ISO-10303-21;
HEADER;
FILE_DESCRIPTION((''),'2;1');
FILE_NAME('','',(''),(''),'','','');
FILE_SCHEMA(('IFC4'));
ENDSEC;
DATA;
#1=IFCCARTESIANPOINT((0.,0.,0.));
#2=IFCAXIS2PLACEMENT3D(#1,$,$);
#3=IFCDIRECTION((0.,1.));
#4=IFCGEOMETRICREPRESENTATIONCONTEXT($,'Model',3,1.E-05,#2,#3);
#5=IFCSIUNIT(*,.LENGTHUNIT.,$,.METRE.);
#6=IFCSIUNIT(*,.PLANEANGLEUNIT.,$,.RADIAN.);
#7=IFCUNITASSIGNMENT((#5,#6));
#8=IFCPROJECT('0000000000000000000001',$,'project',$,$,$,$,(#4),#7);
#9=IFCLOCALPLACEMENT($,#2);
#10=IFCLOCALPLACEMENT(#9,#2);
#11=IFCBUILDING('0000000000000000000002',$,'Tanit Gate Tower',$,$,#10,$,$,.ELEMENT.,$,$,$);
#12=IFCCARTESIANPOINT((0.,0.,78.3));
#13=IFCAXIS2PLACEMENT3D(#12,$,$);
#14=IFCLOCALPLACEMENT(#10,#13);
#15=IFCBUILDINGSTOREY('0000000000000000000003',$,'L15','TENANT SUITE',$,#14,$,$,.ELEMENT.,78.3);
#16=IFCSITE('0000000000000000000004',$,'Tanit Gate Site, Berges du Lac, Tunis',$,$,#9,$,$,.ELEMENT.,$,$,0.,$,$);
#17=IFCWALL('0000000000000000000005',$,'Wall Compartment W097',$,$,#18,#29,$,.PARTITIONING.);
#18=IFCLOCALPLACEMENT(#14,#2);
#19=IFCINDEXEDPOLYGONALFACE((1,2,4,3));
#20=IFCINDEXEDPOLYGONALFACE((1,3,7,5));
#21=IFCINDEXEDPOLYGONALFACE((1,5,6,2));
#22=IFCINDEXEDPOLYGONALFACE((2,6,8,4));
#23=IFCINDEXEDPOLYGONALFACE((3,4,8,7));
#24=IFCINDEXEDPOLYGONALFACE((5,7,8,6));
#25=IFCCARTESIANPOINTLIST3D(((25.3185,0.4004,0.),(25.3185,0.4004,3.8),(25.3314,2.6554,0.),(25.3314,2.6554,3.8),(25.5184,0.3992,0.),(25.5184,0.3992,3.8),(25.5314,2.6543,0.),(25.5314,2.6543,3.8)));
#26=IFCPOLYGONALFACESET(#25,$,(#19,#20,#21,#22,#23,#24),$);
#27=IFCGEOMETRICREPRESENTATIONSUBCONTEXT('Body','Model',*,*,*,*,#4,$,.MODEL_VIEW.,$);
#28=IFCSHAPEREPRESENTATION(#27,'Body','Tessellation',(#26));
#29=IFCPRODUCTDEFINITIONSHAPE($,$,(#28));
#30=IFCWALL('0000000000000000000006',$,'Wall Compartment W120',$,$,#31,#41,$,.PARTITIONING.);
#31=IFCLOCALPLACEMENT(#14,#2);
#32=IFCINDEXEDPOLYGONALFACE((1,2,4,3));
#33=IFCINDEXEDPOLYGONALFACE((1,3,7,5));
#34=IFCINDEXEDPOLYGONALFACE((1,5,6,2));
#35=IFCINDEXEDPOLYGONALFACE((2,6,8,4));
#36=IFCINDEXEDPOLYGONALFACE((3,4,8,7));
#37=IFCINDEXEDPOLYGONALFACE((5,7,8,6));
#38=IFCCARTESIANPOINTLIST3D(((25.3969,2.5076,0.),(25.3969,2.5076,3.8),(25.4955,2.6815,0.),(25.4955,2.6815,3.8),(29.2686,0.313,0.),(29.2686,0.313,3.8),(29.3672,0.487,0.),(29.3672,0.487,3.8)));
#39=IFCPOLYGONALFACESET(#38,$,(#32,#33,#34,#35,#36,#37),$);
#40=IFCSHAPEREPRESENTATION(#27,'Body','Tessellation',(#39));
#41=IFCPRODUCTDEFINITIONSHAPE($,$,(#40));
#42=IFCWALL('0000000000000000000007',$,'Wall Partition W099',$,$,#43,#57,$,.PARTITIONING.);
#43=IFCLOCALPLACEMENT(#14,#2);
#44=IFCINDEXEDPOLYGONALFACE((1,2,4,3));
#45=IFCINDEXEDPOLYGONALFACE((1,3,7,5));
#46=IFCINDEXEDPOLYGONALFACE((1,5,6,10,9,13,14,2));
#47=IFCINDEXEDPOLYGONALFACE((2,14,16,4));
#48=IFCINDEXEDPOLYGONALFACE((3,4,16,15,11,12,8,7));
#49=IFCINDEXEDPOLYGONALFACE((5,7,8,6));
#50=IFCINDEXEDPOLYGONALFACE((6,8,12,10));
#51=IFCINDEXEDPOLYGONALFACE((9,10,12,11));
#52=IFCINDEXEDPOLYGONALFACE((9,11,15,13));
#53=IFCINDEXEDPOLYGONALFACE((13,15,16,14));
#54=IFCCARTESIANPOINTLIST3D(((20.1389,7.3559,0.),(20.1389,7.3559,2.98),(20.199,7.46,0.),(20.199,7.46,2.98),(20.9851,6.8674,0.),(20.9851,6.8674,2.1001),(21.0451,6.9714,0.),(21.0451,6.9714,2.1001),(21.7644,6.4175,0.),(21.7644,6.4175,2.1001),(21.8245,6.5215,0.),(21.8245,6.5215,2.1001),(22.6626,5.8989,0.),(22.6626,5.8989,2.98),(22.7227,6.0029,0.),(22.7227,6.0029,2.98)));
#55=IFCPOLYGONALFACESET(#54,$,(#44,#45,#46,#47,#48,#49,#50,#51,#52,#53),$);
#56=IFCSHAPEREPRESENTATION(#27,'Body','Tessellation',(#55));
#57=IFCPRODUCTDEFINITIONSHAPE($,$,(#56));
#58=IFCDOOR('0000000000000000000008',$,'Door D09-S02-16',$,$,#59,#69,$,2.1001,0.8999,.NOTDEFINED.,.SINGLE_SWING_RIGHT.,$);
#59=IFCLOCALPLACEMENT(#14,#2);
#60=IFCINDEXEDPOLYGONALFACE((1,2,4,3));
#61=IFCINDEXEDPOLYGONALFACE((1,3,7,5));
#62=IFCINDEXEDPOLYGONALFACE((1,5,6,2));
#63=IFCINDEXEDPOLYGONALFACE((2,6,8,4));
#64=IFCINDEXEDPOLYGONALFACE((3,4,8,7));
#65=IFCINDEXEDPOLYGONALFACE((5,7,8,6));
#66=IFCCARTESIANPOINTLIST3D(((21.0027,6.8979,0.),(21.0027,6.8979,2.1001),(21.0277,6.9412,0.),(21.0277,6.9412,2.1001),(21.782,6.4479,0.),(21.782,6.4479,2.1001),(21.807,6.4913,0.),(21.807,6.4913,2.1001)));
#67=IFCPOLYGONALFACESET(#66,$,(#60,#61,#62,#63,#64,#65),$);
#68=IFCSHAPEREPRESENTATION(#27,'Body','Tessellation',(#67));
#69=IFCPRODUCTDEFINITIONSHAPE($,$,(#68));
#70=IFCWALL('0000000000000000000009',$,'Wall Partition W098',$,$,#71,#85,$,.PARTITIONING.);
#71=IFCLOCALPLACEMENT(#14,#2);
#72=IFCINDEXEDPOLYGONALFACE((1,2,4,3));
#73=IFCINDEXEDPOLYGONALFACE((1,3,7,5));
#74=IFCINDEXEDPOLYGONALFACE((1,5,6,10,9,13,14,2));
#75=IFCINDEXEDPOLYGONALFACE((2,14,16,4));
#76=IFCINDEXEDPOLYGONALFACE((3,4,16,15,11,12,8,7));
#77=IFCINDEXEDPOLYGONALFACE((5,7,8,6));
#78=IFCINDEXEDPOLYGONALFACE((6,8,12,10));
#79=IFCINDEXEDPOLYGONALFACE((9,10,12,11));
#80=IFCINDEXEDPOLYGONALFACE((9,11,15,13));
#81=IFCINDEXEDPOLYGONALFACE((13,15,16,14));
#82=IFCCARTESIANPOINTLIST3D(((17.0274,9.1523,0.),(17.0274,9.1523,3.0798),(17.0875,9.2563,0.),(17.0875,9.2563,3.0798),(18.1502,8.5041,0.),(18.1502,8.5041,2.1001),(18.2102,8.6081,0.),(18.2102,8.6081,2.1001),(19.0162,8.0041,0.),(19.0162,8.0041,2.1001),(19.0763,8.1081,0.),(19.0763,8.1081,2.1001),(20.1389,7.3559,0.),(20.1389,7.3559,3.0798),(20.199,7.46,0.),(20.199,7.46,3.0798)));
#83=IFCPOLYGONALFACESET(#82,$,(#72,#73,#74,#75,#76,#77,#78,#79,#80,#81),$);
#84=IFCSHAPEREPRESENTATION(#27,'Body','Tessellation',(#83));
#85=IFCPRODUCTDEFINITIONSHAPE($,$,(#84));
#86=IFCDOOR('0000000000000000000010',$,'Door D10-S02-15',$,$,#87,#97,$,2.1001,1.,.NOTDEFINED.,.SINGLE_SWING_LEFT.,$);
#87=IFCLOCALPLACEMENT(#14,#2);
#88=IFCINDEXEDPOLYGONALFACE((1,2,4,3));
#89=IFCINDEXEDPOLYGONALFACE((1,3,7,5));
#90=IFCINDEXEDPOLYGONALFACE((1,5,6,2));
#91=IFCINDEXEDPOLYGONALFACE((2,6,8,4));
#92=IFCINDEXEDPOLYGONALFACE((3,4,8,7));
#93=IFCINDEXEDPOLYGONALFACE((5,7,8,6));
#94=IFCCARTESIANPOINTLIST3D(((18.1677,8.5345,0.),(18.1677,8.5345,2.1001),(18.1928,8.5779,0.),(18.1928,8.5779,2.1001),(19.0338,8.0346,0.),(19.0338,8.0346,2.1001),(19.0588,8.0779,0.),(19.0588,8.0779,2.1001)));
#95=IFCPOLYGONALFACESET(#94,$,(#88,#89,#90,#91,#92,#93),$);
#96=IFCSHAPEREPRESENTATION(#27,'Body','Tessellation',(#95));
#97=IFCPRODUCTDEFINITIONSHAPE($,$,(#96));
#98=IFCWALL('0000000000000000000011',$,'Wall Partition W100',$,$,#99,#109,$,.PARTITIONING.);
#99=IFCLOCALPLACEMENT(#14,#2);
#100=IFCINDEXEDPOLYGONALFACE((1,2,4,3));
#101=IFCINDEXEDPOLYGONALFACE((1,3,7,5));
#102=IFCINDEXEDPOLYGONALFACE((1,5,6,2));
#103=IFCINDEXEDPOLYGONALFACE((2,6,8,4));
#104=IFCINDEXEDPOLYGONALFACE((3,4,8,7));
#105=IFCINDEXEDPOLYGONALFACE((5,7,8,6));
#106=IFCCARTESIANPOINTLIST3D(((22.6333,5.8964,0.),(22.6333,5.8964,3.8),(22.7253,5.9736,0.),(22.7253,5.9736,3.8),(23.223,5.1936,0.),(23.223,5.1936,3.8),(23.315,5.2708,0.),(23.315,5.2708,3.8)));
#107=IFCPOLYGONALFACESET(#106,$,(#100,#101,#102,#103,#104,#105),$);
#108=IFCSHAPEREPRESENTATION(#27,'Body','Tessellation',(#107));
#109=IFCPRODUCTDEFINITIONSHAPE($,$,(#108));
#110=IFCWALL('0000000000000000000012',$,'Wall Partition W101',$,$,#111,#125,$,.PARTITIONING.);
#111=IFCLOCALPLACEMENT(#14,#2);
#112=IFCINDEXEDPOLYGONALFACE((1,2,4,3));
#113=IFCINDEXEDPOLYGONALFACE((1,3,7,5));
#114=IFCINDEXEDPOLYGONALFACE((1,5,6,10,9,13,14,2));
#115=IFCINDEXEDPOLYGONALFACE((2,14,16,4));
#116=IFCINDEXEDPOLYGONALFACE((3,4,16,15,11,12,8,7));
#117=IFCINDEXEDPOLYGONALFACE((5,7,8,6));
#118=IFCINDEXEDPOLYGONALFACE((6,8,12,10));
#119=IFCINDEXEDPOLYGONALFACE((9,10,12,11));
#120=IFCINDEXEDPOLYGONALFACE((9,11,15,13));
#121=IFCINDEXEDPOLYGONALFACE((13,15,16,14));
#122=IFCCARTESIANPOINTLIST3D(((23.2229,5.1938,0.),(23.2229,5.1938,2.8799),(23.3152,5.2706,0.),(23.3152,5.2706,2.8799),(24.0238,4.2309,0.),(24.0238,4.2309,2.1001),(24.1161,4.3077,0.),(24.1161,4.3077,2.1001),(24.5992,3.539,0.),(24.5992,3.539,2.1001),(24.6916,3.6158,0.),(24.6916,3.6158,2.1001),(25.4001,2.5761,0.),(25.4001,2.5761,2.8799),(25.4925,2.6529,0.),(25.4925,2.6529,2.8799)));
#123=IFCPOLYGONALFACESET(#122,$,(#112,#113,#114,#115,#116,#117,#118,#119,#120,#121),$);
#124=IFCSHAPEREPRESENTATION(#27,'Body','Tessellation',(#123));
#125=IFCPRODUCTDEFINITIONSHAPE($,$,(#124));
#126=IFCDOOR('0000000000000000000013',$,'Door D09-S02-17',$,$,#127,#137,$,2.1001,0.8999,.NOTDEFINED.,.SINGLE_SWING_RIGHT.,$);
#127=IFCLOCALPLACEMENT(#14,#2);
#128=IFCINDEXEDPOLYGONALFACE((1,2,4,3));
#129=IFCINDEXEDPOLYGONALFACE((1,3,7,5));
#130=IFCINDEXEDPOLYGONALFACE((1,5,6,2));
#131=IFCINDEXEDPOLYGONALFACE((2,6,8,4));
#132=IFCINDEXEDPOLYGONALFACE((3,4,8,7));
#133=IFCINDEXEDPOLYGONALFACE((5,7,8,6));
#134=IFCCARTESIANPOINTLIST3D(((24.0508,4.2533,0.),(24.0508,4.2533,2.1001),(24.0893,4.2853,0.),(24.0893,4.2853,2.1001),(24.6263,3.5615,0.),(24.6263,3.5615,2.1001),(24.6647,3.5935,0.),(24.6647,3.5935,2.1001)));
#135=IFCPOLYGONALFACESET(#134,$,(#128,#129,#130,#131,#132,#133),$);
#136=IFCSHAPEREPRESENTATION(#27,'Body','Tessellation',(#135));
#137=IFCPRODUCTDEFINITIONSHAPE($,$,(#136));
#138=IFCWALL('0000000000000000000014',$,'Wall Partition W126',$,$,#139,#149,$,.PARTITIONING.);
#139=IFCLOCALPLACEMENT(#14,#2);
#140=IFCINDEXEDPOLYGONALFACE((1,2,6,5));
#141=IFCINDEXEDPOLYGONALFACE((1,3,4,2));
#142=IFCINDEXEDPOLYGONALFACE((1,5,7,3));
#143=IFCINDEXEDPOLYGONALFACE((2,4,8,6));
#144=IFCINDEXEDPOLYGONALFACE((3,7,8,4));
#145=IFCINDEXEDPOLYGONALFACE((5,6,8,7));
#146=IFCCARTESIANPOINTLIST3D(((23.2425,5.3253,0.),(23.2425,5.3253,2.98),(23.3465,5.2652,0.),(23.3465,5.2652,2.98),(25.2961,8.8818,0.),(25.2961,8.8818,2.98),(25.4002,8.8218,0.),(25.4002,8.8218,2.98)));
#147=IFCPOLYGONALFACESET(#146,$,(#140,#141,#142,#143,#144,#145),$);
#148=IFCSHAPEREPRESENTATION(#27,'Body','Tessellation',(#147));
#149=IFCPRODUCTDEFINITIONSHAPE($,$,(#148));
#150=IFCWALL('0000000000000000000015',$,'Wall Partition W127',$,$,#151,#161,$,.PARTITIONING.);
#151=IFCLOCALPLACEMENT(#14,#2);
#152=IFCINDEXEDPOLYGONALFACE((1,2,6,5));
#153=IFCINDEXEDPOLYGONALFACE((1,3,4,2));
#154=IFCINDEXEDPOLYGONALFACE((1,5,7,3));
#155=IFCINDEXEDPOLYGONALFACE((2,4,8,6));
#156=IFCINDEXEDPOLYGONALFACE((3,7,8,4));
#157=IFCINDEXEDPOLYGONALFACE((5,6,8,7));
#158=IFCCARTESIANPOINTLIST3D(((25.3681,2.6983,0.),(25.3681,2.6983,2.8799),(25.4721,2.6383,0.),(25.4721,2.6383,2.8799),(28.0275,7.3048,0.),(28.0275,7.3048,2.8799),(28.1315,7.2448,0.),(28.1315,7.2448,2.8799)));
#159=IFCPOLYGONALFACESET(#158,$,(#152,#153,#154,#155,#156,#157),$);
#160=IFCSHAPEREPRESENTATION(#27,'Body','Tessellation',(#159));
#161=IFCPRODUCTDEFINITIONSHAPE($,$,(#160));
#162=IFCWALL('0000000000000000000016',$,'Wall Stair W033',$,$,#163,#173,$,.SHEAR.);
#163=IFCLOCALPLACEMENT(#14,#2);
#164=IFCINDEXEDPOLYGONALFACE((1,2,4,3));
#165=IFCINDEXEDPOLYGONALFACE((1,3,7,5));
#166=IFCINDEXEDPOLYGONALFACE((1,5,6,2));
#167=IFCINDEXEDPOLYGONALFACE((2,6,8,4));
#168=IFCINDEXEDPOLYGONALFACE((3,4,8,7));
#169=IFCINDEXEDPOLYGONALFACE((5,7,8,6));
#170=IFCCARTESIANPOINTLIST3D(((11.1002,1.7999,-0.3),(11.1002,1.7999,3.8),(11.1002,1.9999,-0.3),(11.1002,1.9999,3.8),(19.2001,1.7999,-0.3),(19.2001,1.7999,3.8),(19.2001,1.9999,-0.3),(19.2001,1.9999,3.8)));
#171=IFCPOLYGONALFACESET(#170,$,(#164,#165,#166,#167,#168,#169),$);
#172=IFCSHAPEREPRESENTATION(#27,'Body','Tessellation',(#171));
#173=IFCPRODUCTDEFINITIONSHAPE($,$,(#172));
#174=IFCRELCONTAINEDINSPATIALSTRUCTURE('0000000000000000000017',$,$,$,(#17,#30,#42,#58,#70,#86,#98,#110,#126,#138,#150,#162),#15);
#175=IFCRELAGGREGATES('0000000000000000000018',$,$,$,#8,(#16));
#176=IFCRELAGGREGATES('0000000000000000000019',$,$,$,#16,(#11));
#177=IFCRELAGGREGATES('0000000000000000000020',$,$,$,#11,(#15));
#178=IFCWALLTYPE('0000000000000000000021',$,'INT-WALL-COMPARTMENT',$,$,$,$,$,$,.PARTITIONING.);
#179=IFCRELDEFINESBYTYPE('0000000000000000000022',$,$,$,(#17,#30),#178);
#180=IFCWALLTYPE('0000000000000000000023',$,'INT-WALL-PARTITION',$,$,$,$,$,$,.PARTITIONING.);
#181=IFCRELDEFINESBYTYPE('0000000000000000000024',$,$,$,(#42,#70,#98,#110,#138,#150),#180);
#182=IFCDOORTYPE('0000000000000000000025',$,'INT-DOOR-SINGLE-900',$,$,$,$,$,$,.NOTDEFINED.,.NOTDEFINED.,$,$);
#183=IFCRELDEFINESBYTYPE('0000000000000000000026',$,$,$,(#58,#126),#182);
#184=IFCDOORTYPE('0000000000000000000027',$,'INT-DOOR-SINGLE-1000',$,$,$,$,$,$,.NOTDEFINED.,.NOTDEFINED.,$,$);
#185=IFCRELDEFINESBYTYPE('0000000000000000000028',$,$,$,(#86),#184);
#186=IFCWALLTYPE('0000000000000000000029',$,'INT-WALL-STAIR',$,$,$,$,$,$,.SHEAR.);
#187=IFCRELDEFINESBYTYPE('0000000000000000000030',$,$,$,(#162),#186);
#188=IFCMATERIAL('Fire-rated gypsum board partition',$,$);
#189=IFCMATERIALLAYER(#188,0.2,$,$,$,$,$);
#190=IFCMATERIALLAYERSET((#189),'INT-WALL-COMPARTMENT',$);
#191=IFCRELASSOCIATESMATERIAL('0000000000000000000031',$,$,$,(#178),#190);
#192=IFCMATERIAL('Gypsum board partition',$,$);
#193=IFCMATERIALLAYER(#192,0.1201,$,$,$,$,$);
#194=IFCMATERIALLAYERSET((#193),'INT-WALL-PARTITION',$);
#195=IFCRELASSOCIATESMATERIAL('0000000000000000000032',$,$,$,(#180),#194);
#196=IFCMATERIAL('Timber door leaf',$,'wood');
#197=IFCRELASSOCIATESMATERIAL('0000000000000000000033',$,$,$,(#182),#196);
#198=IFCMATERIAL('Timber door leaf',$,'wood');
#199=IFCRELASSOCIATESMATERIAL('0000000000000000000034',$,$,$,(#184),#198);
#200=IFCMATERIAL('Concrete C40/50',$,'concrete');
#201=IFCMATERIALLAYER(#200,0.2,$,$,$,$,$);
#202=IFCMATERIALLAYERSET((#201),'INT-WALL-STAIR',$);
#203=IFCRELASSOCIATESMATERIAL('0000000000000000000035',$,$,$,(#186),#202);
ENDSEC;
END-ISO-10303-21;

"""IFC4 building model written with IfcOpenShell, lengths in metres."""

from ifc_helpers import new_model, si_unit, direction, frame, frame_2d, origin, place, context, subcontext, project, spatial, rectangle, extrude, material, layer, layer_set, type_object, element, fill, save


model = new_model("IFC4")

# Units and contexts
model_context = context("Model", 3, precision=1e-05, world=origin(), true_north=direction((0.0, 1.0)))
body_context = subcontext(model_context, "Body", "Model", "MODEL_VIEW")
ifc_project = project(units=[si_unit("LENGTHUNIT", "METRE"), si_unit("PLANEANGLEUNIT", "RADIAN")], contexts=[model_context])

# Site, building, storey
site_placement = place(None, origin())
site = spatial("IfcSite", under=ifc_project, at=site_placement, Name="Tanit Gate Site, Berges du Lac, Tunis", CompositionType="ELEMENT", RefElevation=0.0)
building_placement = place(site_placement, origin())
building = spatial("IfcBuilding", under=site, at=building_placement, Name="Tanit Gate Tower", CompositionType="ELEMENT")
storey_placement = place(building_placement, frame((0.0, 0.0, 78.3)))
storey = spatial("IfcBuildingStorey", under=building, at=storey_placement, Name="L15", Description="TENANT SUITE", CompositionType="ELEMENT", Elevation=78.3)

# Walls
ifc_material_1 = material(Name="Fire-rated gypsum board partition")
ifc_layer_1 = layer(ifc_material_1, 0.2)
ifc_layer_set_1 = layer_set([ifc_layer_1], Name="INT-WALL-COMPARTMENT")
wall_type_1 = type_object("IfcWallType", Name="INT-WALL-COMPARTMENT", PredefinedType="PARTITIONING", material=ifc_layer_set_1)
wall_1_placement = place(storey_placement, frame((25.4185, 0.3999, 0.0), z_axis=(0.0, 0.0, 1.0), x_axis=(0.005738, 0.999984, 0.0)))
element("IfcWall", 1, at=wall_1_placement, inside=storey, type_object=wall_type_1, Name="Wall Compartment W097", PredefinedType="PARTITIONING", context=body_context, shape_type="SweptSolid", body=[
    extrude(rectangle(XDim=2.2551, YDim=0.2, at=frame_2d((1.1274, 0.0))), origin(), (0.0, 0.0, 1.0), 3.8),
])
wall_2_placement = place(storey_placement, frame((25.4463, 2.5945, 0.0), z_axis=(0.0, 0.0, 1.0), x_axis=(0.86997, -0.493105, 0.0)))
element("IfcWall", 2, at=wall_2_placement, inside=storey, type_object=wall_type_1, Name="Wall Compartment W120", PredefinedType="PARTITIONING", context=body_context, shape_type="SweptSolid", body=[
    extrude(rectangle(XDim=4.4504, YDim=0.2, at=frame_2d((2.2251, 0.0))), origin(), (0.0, 0.0, 1.0), 3.8),
])

# Walls, openings, doors
ifc_material_2 = material(Name="Gypsum board partition")
ifc_layer_2 = layer(ifc_material_2, 0.1201)
ifc_layer_set_2 = layer_set([ifc_layer_2], Name="INT-WALL-PARTITION")
wall_type_2 = type_object("IfcWallType", Name="INT-WALL-PARTITION", PredefinedType="PARTITIONING", material=ifc_layer_set_2)
wall_3_placement = place(storey_placement, frame((22.6926, 5.9509, 0.0), z_axis=(0.0, 0.0, 1.0), x_axis=(-0.866028, 0.499996, 0.0)))
wall_3 = element("IfcWall", 3, at=wall_3_placement, inside=storey, type_object=wall_type_2, Name="Wall Partition W099", PredefinedType="PARTITIONING", context=body_context, shape_type="SweptSolid", body=[
    extrude(rectangle(XDim=2.9141, YDim=0.1201, at=frame_2d((1.457, 0.0))), origin(), (0.0, 0.0, 1.0), 2.98),
])
opening_1_placement = place(wall_3_placement, frame((1.0371, 0.0, 0.0)))
opening_1 = element("IfcOpeningElement", 4, at=opening_1_placement, cuts=wall_3, PredefinedType="OPENING", context=body_context, shape_type="SweptSolid", body=[
    extrude(rectangle(XDim=0.8999, YDim=2.1001, at=frame_2d((0.45, 1.05))), frame((0.0, 0.0701, 0.0), z_axis=(0.0, -1.0, 0.0), x_axis=(1.0, 0.0, 0.0)), (0.0, 0.0, 1.0), 0.1401),
])
ifc_material_3 = material(Name="Timber door leaf", Category="wood")
door_type_1 = type_object("IfcDoorType", Name="INT-DOOR-SINGLE-900", OperationType="NOTDEFINED", PredefinedType="NOTDEFINED", material=ifc_material_3)
door_1_placement = place(opening_1_placement, origin())
door_1 = element("IfcDoor", 5, at=door_1_placement, inside=storey, type_object=door_type_1, Name="Door D09-S02-16", OperationType="SINGLE_SWING_RIGHT", OverallHeight=2.1001, OverallWidth=0.8999, PredefinedType="NOTDEFINED", context=body_context, shape_type="SweptSolid", body=[
    extrude(rectangle(XDim=0.8999, YDim=2.1001, at=frame_2d((0.45, 1.05))), frame((0.0, 0.0249, 0.0), z_axis=(0.0, -1.0, 0.0), x_axis=(1.0, 0.0, 0.0)), (0.0, 0.0, 1.0), 0.05),
])
fill(opening_1, door_1)
wall_4_placement = place(storey_placement, frame((20.1689, 7.408, 0.0), z_axis=(0.0, 0.0, 1.0), x_axis=(-0.866035, 0.499983, 0.0)))
wall_4 = element("IfcWall", 6, at=wall_4_placement, inside=storey, type_object=wall_type_2, Name="Wall Partition W098", PredefinedType="PARTITIONING", context=body_context, shape_type="SweptSolid", body=[
    extrude(rectangle(XDim=3.5928, YDim=0.1201, at=frame_2d((1.7964, 0.0))), origin(), (0.0, 0.0, 1.0), 3.0798),
])
opening_2_placement = place(wall_4_placement, frame((1.2964, 0.0, 0.0)))
opening_2 = element("IfcOpeningElement", 7, at=opening_2_placement, cuts=wall_4, PredefinedType="OPENING", context=body_context, shape_type="SweptSolid", body=[
    extrude(rectangle(XDim=1.0, YDim=2.1001, at=frame_2d((0.5, 1.05))), frame((0.0, 0.0701, 0.0), z_axis=(0.0, -1.0, 0.0), x_axis=(1.0, 0.0, 0.0)), (0.0, 0.0, 1.0), 0.1401),
])
ifc_material_4 = material(Name="Timber door leaf", Category="wood")
door_type_2 = type_object("IfcDoorType", Name="INT-DOOR-SINGLE-1000", OperationType="NOTDEFINED", PredefinedType="NOTDEFINED", material=ifc_material_4)
door_2_placement = place(opening_2_placement, origin())
door_2 = element("IfcDoor", 8, at=door_2_placement, inside=storey, type_object=door_type_2, Name="Door D10-S02-15", OperationType="SINGLE_SWING_LEFT", OverallHeight=2.1001, OverallWidth=1.0, PredefinedType="NOTDEFINED", context=body_context, shape_type="SweptSolid", body=[
    extrude(rectangle(XDim=1.0, YDim=2.1001, at=frame_2d((0.5, 1.05))), frame((0.0, 0.0249, 0.0), z_axis=(0.0, -1.0, 0.0), x_axis=(1.0, 0.0, 0.0)), (0.0, 0.0, 1.0), 0.05),
])
fill(opening_2, door_2)

# Wall
wall_5_placement = place(storey_placement, frame((23.269, 5.2322, 0.0), z_axis=(0.0, 0.0, 1.0), x_axis=(-0.642824, 0.766014, 0.0)))
element("IfcWall", 9, at=wall_5_placement, inside=storey, type_object=wall_type_2, Name="Wall Partition W100", PredefinedType="PARTITIONING", context=body_context, shape_type="SweptSolid", body=[
    extrude(rectangle(XDim=0.9175, YDim=0.1201, at=frame_2d((0.4587, 0.0))), origin(), (0.0, 0.0, 1.0), 3.8),
])

# Wall, opening, door
wall_6_placement = place(storey_placement, frame((25.4463, 2.6145, 0.0), z_axis=(0.0, 0.0, 1.0), x_axis=(-0.639465, 0.76882, 0.0)))
wall_6 = element("IfcWall", 10, at=wall_6_placement, inside=storey, type_object=wall_type_2, Name="Wall Partition W101", PredefinedType="PARTITIONING", context=body_context, shape_type="SweptSolid", body=[
    extrude(rectangle(XDim=3.4048, YDim=0.1201, at=frame_2d((1.7024, 0.0))), origin(), (0.0, 0.0, 1.0), 2.8799),
])
opening_3_placement = place(wall_6_placement, frame((1.2524, 0.0, 0.0)))
opening_3 = element("IfcOpeningElement", 11, at=opening_3_placement, cuts=wall_6, PredefinedType="OPENING", context=body_context, shape_type="SweptSolid", body=[
    extrude(rectangle(XDim=0.8999, YDim=2.1001, at=frame_2d((0.45, 1.05))), frame((0.0, 0.0701, 0.0), z_axis=(0.0, -1.0, 0.0), x_axis=(1.0, 0.0, 0.0)), (0.0, 0.0, 1.0), 0.1401),
])
door_3_placement = place(opening_3_placement, origin())
door_3 = element("IfcDoor", 12, at=door_3_placement, inside=storey, type_object=door_type_1, Name="Door D09-S02-17", OperationType="SINGLE_SWING_RIGHT", OverallHeight=2.1001, OverallWidth=0.8999, PredefinedType="NOTDEFINED", context=body_context, shape_type="SweptSolid", body=[
    extrude(rectangle(XDim=0.8999, YDim=2.1001, at=frame_2d((0.45, 1.05))), frame((0.0, 0.0249, 0.0), z_axis=(0.0, -1.0, 0.0), x_axis=(1.0, 0.0, 0.0)), (0.0, 0.0, 1.0), 0.05),
])
fill(opening_3, door_3)

# Walls
wall_7_placement = place(storey_placement, frame((25.3481, 8.8518, 0.0), z_axis=(0.0, 0.0, 1.0), x_axis=(-0.500052, -0.865996, 0.0)))
element("IfcWall", 13, at=wall_7_placement, inside=storey, type_object=wall_type_2, Name="Wall Partition W126", PredefinedType="PARTITIONING", context=body_context, shape_type="SweptSolid", body=[
    extrude(rectangle(XDim=4.1069, YDim=0.1201, at=frame_2d((2.0535, 0.0))), origin(), (0.0, 0.0, 1.0), 2.98),
])
wall_8_placement = place(storey_placement, frame((28.0796, 7.2749, 0.0), z_axis=(0.0, 0.0, 1.0), x_axis=(-0.499985, -0.866034, 0.0)))
element("IfcWall", 14, at=wall_8_placement, inside=storey, type_object=wall_type_2, Name="Wall Partition W127", PredefinedType="PARTITIONING", context=body_context, shape_type="SweptSolid", body=[
    extrude(rectangle(XDim=5.3191, YDim=0.1201, at=frame_2d((2.6597, 0.0))), origin(), (0.0, 0.0, 1.0), 2.8799),
])
ifc_material_5 = material(Name="Concrete C40/50", Category="concrete")
ifc_layer_3 = layer(ifc_material_5, 0.2)
ifc_layer_set_3 = layer_set([ifc_layer_3], Name="INT-WALL-STAIR")
wall_type_3 = type_object("IfcWallType", Name="INT-WALL-STAIR", PredefinedType="SHEAR", material=ifc_layer_set_3)
wall_9_placement = place(storey_placement, frame((19.2, 1.8999, -0.3), z_axis=(0.0, 0.0, 1.0), x_axis=(-1.0, 0.0, 0.0)))
element("IfcWall", 15, at=wall_9_placement, inside=storey, type_object=wall_type_3, Name="Wall Stair W033", PredefinedType="SHEAR", context=body_context, shape_type="SweptSolid", body=[
    extrude(rectangle(XDim=8.0999, YDim=0.2, at=frame_2d((4.0498, 0.0))), origin(), (0.0, 0.0, 1.0), 4.1001),
])

save(model, "model.ifc")
